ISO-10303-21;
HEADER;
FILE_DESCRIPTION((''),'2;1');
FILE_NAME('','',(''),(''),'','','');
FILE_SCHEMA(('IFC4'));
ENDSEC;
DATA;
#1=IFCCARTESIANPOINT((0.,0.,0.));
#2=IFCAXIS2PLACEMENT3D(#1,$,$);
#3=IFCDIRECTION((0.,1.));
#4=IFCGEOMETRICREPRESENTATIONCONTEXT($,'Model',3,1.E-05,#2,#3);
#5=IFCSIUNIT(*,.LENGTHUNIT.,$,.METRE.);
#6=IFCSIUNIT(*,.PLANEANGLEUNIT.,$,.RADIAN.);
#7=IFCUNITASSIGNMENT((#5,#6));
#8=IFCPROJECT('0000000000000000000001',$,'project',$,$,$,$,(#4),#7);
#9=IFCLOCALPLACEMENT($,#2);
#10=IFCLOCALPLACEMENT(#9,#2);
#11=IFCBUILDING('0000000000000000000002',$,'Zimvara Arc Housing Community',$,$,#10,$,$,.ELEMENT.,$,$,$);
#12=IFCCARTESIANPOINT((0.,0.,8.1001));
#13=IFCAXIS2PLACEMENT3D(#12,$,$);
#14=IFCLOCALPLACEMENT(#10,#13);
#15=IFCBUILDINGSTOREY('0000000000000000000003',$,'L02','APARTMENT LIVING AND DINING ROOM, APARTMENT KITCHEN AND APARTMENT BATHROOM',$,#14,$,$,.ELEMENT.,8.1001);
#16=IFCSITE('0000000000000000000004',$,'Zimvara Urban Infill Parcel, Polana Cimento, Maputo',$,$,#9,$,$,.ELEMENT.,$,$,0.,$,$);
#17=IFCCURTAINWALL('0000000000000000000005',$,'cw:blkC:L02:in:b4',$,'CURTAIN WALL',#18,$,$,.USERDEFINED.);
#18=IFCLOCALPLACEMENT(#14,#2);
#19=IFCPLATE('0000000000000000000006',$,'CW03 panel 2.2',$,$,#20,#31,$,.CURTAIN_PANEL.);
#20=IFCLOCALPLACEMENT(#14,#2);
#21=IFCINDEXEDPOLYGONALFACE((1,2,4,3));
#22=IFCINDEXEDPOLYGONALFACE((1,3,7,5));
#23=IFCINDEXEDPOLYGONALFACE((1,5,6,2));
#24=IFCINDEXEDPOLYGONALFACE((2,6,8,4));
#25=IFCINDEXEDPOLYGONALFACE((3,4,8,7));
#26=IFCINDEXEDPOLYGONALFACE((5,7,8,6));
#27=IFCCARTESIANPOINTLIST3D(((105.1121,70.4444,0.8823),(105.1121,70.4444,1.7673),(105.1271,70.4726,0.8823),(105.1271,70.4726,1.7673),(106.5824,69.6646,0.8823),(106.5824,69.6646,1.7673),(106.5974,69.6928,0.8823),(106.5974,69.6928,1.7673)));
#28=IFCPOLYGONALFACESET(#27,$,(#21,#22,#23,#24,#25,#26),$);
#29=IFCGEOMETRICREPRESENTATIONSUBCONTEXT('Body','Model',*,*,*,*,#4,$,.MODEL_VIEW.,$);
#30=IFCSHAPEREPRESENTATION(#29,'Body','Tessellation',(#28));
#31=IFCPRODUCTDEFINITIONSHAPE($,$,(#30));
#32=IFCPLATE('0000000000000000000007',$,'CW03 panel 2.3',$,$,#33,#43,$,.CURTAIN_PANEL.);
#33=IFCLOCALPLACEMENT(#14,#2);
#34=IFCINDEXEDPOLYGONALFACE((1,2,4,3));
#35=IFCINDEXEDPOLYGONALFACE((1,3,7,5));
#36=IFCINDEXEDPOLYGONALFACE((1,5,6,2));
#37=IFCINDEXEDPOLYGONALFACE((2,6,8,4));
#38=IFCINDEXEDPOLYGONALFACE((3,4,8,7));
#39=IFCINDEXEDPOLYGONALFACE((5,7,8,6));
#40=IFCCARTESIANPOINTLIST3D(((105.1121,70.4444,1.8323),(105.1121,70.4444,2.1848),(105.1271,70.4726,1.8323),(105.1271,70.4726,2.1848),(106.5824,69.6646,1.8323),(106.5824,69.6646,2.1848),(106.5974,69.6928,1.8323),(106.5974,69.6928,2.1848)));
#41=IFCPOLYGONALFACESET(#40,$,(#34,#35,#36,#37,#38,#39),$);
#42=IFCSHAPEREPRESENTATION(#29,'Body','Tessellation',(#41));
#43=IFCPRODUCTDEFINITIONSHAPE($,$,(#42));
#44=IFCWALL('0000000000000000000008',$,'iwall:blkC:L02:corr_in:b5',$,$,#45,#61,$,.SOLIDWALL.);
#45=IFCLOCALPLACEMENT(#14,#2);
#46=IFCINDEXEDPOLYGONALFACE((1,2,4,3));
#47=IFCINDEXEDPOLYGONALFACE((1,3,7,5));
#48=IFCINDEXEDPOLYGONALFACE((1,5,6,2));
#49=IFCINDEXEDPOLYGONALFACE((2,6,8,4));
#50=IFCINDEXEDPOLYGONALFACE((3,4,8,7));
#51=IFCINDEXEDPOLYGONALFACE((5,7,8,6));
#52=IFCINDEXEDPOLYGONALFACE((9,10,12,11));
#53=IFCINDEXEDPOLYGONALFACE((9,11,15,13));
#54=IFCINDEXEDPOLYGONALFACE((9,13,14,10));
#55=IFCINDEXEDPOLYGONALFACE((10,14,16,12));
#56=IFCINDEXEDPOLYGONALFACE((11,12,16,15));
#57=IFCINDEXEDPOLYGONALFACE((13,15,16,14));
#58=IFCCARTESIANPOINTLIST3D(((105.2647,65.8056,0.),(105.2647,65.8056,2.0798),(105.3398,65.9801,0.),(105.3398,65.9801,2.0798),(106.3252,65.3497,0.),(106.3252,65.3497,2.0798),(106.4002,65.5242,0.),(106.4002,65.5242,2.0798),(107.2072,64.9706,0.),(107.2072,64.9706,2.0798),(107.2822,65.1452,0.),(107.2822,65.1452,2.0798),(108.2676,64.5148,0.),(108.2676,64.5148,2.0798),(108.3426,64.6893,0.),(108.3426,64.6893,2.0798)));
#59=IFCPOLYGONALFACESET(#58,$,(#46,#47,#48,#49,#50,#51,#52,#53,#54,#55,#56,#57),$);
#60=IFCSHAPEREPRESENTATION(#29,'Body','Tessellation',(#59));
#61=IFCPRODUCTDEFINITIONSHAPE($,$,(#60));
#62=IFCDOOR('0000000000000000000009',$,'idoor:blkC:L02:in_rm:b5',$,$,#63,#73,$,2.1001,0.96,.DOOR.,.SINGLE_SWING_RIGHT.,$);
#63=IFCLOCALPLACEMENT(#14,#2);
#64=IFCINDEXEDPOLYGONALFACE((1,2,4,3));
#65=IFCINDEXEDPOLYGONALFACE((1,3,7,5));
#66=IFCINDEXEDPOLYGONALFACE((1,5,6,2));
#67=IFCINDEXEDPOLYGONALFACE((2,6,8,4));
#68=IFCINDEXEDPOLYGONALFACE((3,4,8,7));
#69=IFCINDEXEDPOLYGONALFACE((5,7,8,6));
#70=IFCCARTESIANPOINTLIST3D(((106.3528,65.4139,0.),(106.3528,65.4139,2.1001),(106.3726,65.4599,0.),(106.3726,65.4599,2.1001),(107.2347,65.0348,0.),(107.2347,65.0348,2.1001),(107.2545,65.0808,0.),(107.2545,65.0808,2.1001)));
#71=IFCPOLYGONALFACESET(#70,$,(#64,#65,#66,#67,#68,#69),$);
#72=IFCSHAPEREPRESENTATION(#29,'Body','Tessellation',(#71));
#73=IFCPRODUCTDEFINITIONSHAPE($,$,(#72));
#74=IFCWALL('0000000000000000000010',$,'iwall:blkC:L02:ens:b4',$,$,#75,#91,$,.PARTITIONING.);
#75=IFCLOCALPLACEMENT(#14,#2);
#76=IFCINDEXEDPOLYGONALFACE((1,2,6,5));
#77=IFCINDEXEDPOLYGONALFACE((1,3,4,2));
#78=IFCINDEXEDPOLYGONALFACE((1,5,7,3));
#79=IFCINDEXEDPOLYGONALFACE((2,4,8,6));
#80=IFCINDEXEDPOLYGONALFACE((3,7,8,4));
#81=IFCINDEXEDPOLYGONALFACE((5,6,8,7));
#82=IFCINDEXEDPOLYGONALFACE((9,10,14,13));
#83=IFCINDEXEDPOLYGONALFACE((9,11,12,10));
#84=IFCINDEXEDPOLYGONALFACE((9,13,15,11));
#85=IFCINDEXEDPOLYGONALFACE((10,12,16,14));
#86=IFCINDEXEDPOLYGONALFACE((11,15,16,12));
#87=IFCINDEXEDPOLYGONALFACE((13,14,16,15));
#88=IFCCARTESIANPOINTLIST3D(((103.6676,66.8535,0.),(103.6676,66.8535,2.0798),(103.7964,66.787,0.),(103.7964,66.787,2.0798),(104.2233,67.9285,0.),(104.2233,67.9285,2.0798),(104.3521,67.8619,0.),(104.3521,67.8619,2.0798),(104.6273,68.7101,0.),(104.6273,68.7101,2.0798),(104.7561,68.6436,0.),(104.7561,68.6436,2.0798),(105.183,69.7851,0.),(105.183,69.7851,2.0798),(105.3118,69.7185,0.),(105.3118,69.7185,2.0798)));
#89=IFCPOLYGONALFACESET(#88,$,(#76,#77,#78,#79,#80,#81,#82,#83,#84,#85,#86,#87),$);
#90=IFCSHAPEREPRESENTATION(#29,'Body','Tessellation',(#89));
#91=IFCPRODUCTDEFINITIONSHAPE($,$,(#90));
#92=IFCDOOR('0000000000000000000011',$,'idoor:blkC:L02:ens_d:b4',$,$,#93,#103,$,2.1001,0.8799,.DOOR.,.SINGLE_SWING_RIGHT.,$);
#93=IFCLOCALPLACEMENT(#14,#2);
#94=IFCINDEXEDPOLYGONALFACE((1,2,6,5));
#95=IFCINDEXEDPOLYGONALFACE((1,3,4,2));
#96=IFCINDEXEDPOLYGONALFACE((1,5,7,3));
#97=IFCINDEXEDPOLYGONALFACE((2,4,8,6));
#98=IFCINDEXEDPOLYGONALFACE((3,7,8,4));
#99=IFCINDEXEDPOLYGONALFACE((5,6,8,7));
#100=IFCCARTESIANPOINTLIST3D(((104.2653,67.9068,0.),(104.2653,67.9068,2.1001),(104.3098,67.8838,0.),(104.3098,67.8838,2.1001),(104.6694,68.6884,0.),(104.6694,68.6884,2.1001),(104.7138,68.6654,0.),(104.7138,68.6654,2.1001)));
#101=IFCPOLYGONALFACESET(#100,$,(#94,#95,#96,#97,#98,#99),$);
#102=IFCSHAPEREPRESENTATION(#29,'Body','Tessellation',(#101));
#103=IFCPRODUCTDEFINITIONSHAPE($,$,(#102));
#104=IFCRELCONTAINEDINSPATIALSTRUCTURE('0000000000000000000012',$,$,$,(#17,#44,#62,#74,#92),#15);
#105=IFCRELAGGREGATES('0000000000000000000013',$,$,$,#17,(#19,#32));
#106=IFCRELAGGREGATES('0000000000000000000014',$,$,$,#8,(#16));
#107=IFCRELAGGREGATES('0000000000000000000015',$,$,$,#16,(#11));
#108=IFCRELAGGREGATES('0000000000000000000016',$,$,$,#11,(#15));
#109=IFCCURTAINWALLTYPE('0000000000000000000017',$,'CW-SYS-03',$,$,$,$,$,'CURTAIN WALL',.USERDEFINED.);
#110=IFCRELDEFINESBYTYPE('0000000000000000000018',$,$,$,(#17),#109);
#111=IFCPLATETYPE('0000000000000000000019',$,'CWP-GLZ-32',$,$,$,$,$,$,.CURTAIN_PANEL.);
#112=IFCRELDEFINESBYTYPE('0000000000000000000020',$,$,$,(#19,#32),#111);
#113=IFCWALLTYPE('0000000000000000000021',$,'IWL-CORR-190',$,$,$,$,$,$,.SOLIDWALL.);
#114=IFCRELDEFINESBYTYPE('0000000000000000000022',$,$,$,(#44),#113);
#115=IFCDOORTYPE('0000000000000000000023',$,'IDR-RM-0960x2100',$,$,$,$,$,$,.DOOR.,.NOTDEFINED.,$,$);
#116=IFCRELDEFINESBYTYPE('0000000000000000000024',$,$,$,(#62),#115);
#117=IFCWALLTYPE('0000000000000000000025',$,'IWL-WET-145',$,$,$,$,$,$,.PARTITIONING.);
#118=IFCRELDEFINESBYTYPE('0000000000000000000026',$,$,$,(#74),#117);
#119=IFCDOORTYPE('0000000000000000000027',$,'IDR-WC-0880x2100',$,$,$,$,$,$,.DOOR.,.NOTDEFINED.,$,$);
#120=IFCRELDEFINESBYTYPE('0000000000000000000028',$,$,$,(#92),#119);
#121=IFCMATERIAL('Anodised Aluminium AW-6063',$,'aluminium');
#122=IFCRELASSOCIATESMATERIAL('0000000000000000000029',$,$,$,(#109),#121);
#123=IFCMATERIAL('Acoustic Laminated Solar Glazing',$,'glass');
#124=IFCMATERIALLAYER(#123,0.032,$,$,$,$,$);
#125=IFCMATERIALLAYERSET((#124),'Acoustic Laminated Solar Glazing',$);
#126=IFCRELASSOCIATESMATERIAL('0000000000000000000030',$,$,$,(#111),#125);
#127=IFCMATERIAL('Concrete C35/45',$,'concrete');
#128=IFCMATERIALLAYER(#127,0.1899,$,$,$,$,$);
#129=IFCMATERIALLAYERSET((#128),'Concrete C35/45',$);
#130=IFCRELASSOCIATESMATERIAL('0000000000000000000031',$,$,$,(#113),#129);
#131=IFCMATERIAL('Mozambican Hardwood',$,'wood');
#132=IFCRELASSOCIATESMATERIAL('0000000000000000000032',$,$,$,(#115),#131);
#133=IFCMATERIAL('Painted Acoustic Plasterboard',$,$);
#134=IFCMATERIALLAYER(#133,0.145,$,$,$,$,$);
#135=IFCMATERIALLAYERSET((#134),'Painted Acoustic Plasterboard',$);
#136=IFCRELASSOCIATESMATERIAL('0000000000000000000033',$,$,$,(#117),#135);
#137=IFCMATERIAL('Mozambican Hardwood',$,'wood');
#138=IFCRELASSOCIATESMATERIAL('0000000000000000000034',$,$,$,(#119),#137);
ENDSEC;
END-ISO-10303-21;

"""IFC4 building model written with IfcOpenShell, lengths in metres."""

from ifc_helpers import new_model, si_unit, direction, frame, frame_2d, origin, origin_2d, place, context, subcontext, project, spatial, rectangle, extrude, material, layer, layer_set, type_object, element, fill, aggregate, save


model = new_model("IFC4")

# Units and contexts
model_context = context("Model", 3, precision=1e-05, world=origin(), true_north=direction((0.0, 1.0)))
body_context = subcontext(model_context, "Body", "Model", "MODEL_VIEW")
ifc_project = project(units=[si_unit("LENGTHUNIT", "METRE"), si_unit("PLANEANGLEUNIT", "RADIAN")], contexts=[model_context])

# Site, building, storey
site_placement = place(None, origin())
site = spatial("IfcSite", under=ifc_project, at=site_placement, Name="Zimvara Urban Infill Parcel, Polana Cimento, Maputo", CompositionType="ELEMENT", RefElevation=0.0)
building_placement = place(site_placement, origin())
building = spatial("IfcBuilding", under=site, at=building_placement, Name="Zimvara Arc Housing Community", CompositionType="ELEMENT")
storey_placement = place(building_placement, frame((0.0, 0.0, 8.1001)))
storey = spatial("IfcBuildingStorey", under=building, at=storey_placement, Name="L02", Description="APARTMENT LIVING AND DINING ROOM, APARTMENT KITCHEN AND APARTMENT BATHROOM", CompositionType="ELEMENT", Elevation=8.1001)

# Curtain wall
ifc_material_1 = material(Name="Anodised Aluminium AW-6063", Category="aluminium")
curtain_wall_type_1 = type_object("IfcCurtainWallType", Name="CW-SYS-03", ElementType="CURTAIN WALL", PredefinedType="USERDEFINED", material=ifc_material_1)
curtain_wall_1_placement = place(storey_placement, origin())
curtain_wall_1 = element("IfcCurtainWall", 1, at=curtain_wall_1_placement, inside=storey, type_object=curtain_wall_type_1, Name="cw:blkC:L02:in:b4", ObjectType="CURTAIN WALL", PredefinedType="USERDEFINED")

# Plates
ifc_material_2 = material(Name="Acoustic Laminated Solar Glazing", Category="glass")
ifc_layer_1 = layer(ifc_material_2, 0.032)
ifc_layer_set_1 = layer_set([ifc_layer_1], Name="Acoustic Laminated Solar Glazing")
plate_type_1 = type_object("IfcPlateType", Name="CWP-GLZ-32", PredefinedType="CURTAIN_PANEL", material=ifc_layer_set_1)
plate_1_placement = place(storey_placement, frame((105.8547, 70.0686, 0.8823), z_axis=(0.0, 0.0, 1.0), x_axis=(0.88344, -0.468545, 0.0)))
plate_1 = element("IfcPlate", 2, at=plate_1_placement, type_object=plate_type_1, Name="CW03 panel 2.2", PredefinedType="CURTAIN_PANEL", context=body_context, shape_type="SweptSolid", body=[
    extrude(rectangle(XDim=1.6643, YDim=0.032, at=origin_2d()), origin(), (0.0, 0.0, 1.0), 0.885),
])
plate_2_placement = place(storey_placement, frame((105.8547, 70.0686, 1.8323), z_axis=(0.0, 0.0, 1.0), x_axis=(0.88344, -0.468545, 0.0)))
plate_2 = element("IfcPlate", 3, at=plate_2_placement, type_object=plate_type_1, Name="CW03 panel 2.3", PredefinedType="CURTAIN_PANEL", context=body_context, shape_type="SweptSolid", body=[
    extrude(rectangle(XDim=1.6643, YDim=0.032, at=origin_2d()), origin(), (0.0, 0.0, 1.0), 0.3525),
])
aggregate(curtain_wall_1, [plate_1, plate_2])

# Walls, openings, doors
ifc_material_3 = material(Name="Concrete C35/45", Category="concrete")
ifc_layer_2 = layer(ifc_material_3, 0.1899)
ifc_layer_set_2 = layer_set([ifc_layer_2], Name="Concrete C35/45")
wall_type_1 = type_object("IfcWallType", Name="IWL-CORR-190", PredefinedType="SOLIDWALL", material=ifc_layer_set_2)
wall_1_placement = place(storey_placement, frame((105.3022, 65.8928, 0.0), z_axis=(0.0, 0.0, 1.0), x_axis=(0.918723, -0.394902, 0.0)))
wall_1 = element("IfcWall", 4, at=wall_1_placement, inside=storey, type_object=wall_type_1, Name="iwall:blkC:L02:corr_in:b5", PredefinedType="SOLIDWALL", context=body_context, shape_type="SweptSolid", body=[
    extrude(rectangle(XDim=3.2686, YDim=0.1899, at=frame_2d((1.6343, 0.0))), origin(), (0.0, 0.0, 1.0), 2.0798),
])
opening_1_placement = place(wall_1_placement, frame((1.1543, 0.0, 0.0)))
opening_1 = element("IfcOpeningElement", 5, at=opening_1_placement, cuts=wall_1, PredefinedType="OPENING", context=body_context, shape_type="SweptSolid", body=[
    extrude(rectangle(XDim=0.96, YDim=2.1001, at=frame_2d((0.48, 1.05))), frame((0.0, 0.105, 0.0), z_axis=(0.0, -1.0, 0.0), x_axis=(1.0, 0.0, 0.0)), (0.0, 0.0, 1.0), 0.21),
])
ifc_material_4 = material(Name="Mozambican Hardwood", Category="wood")
door_type_1 = type_object("IfcDoorType", Name="IDR-RM-0960x2100", OperationType="NOTDEFINED", PredefinedType="DOOR", material=ifc_material_4)
door_1_placement = place(opening_1_placement, origin())
door_1 = element("IfcDoor", 6, at=door_1_placement, inside=storey, type_object=door_type_1, Name="idoor:blkC:L02:in_rm:b5", OperationType="SINGLE_SWING_RIGHT", OverallHeight=2.1001, OverallWidth=0.96, PredefinedType="DOOR", context=body_context, shape_type="SweptSolid", body=[
    extrude(rectangle(XDim=0.96, YDim=2.1001, at=frame_2d((0.48, 1.05))), frame((0.0, 0.0249, 0.0), z_axis=(0.0, -1.0, 0.0), x_axis=(1.0, 0.0, 0.0)), (0.0, 0.0, 1.0), 0.05),
])
fill(opening_1, door_1)
ifc_material_5 = material(Name="Painted Acoustic Plasterboard")
ifc_layer_3 = layer(ifc_material_5, 0.145)
ifc_layer_set_3 = layer_set([ifc_layer_3], Name="Painted Acoustic Plasterboard")
wall_type_2 = type_object("IfcWallType", Name="IWL-WET-145", PredefinedType="PARTITIONING", material=ifc_layer_set_3)
wall_2_placement = place(storey_placement, frame((105.2473, 69.7517, 0.0), z_axis=(0.0, 0.0, 1.0), x_axis=(-0.459187, -0.888339, 0.0)))
wall_2 = element("IfcWall", 7, at=wall_2_placement, inside=storey, type_object=wall_type_2, Name="iwall:blkC:L02:ens:b4", PredefinedType="PARTITIONING", context=body_context, shape_type="SweptSolid", body=[
    extrude(rectangle(XDim=3.3, YDim=0.145, at=frame_2d((1.6499, 0.0))), origin(), (0.0, 0.0, 1.0), 2.0798),
])
opening_2_placement = place(wall_2_placement, frame((1.21, 0.0, 0.0)))
opening_2 = element("IfcOpeningElement", 8, at=opening_2_placement, cuts=wall_2, PredefinedType="OPENING", context=body_context, shape_type="SweptSolid", body=[
    extrude(rectangle(XDim=0.8799, YDim=2.1001, at=frame_2d((0.4399, 1.05))), frame((0.0, 0.0825, 0.0), z_axis=(0.0, -1.0, 0.0), x_axis=(1.0, 0.0, 0.0)), (0.0, 0.0, 1.0), 0.165),
])
ifc_material_6 = material(Name="Mozambican Hardwood", Category="wood")
door_type_2 = type_object("IfcDoorType", Name="IDR-WC-0880x2100", OperationType="NOTDEFINED", PredefinedType="DOOR", material=ifc_material_6)
door_2_placement = place(opening_2_placement, origin())
door_2 = element("IfcDoor", 9, at=door_2_placement, inside=storey, type_object=door_type_2, Name="idoor:blkC:L02:ens_d:b4", OperationType="SINGLE_SWING_RIGHT", OverallHeight=2.1001, OverallWidth=0.8799, PredefinedType="DOOR", context=body_context, shape_type="SweptSolid", body=[
    extrude(rectangle(XDim=0.8799, YDim=2.1001, at=frame_2d((0.4399, 1.05))), frame((0.0, 0.0249, 0.0), z_axis=(0.0, -1.0, 0.0), x_axis=(1.0, 0.0, 0.0)), (0.0, 0.0, 1.0), 0.05),
])
fill(opening_2, door_2)

save(model, "model.ifc")
